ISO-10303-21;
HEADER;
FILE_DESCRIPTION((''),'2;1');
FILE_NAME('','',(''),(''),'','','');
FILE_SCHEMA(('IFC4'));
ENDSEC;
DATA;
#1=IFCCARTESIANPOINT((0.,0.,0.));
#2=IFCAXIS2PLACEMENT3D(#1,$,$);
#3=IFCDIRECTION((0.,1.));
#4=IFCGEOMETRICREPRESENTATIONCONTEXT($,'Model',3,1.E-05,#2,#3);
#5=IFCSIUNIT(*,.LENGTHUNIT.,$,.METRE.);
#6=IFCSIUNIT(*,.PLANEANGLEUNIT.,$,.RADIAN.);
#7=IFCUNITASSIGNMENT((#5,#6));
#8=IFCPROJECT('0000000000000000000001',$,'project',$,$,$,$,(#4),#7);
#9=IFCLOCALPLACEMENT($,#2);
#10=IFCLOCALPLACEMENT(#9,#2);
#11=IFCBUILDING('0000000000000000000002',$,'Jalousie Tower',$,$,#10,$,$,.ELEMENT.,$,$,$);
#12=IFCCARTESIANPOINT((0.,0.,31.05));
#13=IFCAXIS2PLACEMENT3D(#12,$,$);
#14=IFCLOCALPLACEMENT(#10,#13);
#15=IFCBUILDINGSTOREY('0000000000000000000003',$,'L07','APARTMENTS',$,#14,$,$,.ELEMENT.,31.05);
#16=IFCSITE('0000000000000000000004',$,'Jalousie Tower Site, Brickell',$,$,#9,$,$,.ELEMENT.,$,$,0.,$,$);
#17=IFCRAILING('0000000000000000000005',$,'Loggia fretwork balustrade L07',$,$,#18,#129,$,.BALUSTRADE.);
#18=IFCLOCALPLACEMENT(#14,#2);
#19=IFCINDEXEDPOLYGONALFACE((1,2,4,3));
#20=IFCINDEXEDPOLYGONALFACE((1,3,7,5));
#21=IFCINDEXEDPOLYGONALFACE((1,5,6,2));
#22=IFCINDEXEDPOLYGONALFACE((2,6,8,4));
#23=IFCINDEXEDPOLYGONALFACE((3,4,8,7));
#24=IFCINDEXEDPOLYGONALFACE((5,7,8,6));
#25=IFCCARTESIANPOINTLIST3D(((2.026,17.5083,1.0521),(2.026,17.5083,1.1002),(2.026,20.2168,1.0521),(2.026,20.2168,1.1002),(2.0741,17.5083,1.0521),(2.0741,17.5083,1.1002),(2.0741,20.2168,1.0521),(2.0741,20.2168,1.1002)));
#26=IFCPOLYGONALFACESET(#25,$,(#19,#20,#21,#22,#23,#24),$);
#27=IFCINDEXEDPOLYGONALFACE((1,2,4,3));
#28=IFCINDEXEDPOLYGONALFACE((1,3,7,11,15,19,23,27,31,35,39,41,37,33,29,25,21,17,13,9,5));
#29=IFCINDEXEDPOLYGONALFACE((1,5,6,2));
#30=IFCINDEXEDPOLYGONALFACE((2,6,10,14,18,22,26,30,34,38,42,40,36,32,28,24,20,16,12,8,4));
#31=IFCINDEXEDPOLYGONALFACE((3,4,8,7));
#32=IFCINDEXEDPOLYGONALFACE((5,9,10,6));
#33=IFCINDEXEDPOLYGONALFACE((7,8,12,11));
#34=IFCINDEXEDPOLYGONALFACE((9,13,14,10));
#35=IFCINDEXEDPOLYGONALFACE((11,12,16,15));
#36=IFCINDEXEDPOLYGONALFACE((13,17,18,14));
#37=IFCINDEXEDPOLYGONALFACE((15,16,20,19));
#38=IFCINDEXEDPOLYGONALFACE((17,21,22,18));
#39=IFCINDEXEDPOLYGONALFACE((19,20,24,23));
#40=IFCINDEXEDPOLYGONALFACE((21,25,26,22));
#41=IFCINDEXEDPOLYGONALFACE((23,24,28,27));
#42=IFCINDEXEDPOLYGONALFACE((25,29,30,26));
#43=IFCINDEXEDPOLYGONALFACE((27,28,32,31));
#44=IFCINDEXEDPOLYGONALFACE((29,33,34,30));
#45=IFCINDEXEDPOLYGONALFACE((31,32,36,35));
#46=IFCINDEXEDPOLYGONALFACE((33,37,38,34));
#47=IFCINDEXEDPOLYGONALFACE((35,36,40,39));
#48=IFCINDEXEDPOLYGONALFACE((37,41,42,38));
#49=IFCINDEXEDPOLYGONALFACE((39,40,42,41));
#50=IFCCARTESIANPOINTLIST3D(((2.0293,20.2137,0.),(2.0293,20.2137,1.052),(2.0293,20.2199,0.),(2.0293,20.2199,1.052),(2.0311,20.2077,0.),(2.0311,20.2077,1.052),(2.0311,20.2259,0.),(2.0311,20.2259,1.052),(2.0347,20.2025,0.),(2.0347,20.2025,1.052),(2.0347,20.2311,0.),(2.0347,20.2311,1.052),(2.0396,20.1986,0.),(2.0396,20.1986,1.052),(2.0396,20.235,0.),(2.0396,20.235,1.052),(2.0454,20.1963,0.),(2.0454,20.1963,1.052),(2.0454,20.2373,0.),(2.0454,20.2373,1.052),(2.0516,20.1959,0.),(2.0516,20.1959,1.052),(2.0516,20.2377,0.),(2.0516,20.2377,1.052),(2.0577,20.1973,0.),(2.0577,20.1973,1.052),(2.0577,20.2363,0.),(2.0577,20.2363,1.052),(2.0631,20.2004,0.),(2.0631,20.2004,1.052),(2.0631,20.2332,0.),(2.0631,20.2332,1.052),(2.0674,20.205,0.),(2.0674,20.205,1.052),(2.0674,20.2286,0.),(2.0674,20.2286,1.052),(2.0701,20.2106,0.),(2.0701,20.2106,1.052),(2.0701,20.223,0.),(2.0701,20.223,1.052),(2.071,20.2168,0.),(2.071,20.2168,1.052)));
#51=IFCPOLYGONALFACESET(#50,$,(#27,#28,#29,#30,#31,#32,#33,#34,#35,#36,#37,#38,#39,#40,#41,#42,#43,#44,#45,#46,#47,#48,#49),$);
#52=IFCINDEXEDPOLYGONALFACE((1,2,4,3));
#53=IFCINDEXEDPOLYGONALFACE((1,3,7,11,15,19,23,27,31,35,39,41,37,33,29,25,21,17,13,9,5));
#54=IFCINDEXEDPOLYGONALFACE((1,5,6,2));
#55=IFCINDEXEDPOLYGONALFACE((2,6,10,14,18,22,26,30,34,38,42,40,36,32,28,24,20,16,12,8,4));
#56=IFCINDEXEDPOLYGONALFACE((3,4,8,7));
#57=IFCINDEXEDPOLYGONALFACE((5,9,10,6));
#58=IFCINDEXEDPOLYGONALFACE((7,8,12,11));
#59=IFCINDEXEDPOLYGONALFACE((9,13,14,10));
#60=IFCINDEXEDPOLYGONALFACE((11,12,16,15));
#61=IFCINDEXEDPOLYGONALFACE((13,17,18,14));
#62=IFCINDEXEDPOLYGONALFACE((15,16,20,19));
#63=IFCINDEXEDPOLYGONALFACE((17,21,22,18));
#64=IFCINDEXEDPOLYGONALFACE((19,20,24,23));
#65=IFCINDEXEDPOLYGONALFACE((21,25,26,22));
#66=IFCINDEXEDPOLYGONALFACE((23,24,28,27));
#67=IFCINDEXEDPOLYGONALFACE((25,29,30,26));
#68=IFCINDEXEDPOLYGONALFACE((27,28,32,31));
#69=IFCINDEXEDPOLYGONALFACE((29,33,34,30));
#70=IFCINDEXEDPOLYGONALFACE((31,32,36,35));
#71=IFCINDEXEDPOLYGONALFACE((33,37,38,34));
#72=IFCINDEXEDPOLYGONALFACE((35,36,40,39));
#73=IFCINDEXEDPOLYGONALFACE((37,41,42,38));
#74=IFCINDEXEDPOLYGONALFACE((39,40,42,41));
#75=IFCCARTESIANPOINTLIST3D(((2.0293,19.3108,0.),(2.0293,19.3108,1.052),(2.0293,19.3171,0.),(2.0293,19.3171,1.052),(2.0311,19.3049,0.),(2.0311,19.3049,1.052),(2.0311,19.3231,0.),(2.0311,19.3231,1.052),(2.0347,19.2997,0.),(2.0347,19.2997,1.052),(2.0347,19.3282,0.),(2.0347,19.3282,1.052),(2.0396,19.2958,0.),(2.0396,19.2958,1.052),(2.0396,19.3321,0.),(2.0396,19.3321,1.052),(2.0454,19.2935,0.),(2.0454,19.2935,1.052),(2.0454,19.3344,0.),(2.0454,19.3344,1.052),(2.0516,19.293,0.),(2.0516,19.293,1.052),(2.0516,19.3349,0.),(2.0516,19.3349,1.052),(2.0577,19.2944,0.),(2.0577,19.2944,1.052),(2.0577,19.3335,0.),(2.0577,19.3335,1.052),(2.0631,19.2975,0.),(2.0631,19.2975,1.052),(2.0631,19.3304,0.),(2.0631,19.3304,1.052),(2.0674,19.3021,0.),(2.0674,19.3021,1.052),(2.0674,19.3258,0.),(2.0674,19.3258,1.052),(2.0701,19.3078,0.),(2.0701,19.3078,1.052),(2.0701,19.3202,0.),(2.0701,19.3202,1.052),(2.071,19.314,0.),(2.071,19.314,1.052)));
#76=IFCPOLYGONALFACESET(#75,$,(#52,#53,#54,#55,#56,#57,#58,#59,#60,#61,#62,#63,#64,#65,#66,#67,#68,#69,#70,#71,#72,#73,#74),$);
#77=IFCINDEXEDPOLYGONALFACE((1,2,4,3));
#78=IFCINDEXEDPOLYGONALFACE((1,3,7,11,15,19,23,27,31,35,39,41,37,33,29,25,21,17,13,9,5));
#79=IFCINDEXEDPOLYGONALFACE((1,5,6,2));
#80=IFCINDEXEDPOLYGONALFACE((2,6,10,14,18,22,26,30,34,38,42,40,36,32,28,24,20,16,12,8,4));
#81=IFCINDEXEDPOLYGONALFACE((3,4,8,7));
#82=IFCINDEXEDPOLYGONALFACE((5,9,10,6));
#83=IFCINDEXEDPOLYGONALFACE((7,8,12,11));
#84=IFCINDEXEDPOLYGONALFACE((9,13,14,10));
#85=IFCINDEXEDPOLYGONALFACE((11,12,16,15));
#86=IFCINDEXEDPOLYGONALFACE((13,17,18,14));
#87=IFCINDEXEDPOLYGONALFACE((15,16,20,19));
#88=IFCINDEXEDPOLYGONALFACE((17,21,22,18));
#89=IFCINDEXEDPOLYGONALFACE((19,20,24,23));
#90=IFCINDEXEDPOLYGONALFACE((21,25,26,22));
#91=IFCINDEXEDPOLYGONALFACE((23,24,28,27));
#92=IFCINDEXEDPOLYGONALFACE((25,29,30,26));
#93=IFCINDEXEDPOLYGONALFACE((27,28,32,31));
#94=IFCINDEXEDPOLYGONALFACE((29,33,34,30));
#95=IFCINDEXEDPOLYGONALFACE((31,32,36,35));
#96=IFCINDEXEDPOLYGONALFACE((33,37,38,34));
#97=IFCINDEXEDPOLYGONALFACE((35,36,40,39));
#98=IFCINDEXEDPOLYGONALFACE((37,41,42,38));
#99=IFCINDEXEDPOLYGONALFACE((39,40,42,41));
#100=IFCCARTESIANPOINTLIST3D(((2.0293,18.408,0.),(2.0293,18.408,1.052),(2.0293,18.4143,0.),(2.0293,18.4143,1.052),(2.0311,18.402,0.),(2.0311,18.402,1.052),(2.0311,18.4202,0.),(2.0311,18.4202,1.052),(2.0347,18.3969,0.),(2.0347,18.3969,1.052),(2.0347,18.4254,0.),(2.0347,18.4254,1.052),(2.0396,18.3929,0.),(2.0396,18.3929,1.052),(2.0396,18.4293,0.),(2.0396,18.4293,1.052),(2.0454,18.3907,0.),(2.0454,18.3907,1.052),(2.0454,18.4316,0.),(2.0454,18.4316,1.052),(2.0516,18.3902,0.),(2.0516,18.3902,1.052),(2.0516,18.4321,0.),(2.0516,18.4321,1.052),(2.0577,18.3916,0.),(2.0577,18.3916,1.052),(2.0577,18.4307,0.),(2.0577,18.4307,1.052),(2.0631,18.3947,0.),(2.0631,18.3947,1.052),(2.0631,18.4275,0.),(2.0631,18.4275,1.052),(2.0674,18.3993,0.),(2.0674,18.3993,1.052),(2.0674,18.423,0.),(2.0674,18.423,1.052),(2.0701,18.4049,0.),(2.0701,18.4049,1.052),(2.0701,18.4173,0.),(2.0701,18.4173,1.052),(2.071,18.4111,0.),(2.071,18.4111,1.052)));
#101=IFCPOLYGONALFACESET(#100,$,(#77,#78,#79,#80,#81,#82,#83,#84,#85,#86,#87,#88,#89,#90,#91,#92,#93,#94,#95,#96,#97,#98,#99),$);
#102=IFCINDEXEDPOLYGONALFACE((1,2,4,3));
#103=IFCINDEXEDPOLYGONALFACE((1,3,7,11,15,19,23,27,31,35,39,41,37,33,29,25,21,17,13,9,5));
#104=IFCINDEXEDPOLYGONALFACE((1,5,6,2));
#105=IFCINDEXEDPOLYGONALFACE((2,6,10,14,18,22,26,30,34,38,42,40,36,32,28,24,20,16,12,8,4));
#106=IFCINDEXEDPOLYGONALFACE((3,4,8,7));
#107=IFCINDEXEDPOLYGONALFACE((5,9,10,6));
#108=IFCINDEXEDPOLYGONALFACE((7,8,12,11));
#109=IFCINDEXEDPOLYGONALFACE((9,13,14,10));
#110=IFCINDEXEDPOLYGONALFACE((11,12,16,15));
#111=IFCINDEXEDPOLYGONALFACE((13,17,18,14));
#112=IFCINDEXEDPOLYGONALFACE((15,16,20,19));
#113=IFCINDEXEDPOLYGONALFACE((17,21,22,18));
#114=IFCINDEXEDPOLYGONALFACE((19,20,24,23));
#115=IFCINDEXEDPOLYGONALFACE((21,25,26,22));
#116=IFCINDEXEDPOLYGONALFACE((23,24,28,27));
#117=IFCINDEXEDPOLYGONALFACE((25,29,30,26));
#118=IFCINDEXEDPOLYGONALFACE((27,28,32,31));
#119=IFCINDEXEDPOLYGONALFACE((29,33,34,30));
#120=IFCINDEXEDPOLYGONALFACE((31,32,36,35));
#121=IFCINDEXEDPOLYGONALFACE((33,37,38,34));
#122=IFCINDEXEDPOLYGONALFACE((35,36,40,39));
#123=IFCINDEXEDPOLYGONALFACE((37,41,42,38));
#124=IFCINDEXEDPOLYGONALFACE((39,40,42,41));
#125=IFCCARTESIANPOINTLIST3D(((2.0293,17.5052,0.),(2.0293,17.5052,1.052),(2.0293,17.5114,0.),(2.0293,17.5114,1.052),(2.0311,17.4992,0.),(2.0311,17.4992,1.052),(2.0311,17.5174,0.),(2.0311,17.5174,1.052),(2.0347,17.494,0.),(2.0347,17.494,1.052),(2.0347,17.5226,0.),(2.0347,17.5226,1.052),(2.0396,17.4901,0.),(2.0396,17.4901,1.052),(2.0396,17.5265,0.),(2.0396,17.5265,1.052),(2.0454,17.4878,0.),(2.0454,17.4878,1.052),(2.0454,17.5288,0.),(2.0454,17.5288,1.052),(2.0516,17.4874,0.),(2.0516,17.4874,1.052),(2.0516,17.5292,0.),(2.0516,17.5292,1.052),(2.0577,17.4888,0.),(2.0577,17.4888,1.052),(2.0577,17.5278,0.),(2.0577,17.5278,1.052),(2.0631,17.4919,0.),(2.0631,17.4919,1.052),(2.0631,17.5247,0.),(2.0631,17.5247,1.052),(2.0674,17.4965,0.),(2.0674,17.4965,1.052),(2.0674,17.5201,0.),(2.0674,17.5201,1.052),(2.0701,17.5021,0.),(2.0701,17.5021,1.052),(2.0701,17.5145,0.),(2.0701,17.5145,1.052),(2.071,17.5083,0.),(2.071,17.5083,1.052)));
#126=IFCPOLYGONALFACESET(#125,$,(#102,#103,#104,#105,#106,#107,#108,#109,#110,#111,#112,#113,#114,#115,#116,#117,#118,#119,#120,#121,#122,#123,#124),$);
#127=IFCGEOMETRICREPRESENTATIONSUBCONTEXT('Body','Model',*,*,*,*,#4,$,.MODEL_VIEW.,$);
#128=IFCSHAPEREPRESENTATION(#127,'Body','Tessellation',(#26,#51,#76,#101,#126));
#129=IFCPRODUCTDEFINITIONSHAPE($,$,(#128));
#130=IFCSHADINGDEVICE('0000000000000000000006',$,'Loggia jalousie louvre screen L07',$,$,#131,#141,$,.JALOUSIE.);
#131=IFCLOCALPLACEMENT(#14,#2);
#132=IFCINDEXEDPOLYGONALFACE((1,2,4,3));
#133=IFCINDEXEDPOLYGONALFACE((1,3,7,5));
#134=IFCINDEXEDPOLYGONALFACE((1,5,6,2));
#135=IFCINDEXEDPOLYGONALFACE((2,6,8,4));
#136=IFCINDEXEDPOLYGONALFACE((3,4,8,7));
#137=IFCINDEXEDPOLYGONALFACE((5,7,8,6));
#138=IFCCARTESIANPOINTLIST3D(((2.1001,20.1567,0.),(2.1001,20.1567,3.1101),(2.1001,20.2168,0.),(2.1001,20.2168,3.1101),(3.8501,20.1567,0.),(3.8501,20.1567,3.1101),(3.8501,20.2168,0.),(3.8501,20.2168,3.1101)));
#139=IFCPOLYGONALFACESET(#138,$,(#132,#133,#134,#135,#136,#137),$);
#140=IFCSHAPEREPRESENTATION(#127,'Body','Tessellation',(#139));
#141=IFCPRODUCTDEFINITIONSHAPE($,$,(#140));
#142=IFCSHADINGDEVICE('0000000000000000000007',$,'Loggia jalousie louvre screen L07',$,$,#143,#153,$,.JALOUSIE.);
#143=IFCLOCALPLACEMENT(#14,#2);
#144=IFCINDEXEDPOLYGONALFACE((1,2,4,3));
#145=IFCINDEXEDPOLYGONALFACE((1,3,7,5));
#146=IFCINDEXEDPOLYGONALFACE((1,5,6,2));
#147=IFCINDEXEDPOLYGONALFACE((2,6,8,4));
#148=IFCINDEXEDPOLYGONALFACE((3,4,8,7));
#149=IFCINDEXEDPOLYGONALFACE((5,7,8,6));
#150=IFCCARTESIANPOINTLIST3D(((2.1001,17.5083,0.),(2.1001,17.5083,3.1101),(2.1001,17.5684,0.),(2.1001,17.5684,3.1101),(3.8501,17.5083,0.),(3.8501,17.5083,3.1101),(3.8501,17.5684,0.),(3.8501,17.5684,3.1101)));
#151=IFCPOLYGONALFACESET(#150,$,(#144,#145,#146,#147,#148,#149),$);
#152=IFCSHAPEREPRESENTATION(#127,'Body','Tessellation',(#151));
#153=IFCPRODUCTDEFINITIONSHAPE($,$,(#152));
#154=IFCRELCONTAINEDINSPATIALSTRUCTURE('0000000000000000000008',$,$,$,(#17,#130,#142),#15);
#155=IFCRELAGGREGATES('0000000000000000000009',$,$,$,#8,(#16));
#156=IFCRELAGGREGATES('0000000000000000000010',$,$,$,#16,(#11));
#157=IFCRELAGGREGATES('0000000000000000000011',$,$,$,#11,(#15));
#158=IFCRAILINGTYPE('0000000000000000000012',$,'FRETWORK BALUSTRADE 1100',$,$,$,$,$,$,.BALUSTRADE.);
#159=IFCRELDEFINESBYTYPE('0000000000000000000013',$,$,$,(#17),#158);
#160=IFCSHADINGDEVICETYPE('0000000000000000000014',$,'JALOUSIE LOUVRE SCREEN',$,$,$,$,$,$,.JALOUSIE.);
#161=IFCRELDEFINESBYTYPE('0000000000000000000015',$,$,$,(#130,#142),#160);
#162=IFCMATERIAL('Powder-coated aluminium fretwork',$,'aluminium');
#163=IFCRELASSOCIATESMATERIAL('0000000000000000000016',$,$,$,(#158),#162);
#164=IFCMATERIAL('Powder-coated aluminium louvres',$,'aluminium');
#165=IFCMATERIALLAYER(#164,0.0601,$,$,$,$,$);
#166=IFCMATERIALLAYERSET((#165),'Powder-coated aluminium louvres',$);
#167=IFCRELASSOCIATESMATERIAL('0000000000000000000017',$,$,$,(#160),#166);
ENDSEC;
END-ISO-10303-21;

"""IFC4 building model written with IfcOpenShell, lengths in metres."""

from ifc_helpers import new_model, si_unit, direction, frame, origin, origin_2d, place, context, subcontext, project, spatial, rectangle, circle, extrude, material, layer, layer_set, type_object, element, save


model = new_model("IFC4")

# Units and contexts
model_context = context("Model", 3, precision=1e-05, world=origin(), true_north=direction((0.0, 1.0)))
body_context = subcontext(model_context, "Body", "Model", "MODEL_VIEW")
ifc_project = project(units=[si_unit("LENGTHUNIT", "METRE"), si_unit("PLANEANGLEUNIT", "RADIAN")], contexts=[model_context])

# Site, building, storey
site_placement = place(None, origin())
site = spatial("IfcSite", under=ifc_project, at=site_placement, Name="Jalousie Tower Site, Brickell", CompositionType="ELEMENT", RefElevation=0.0)
building_placement = place(site_placement, origin())
building = spatial("IfcBuilding", under=site, at=building_placement, Name="Jalousie Tower", CompositionType="ELEMENT")
storey_placement = place(building_placement, frame((0.0, 0.0, 31.05)))
storey = spatial("IfcBuildingStorey", under=building, at=storey_placement, Name="L07", Description="APARTMENTS", CompositionType="ELEMENT", Elevation=31.05)

# Railing
ifc_material_1 = material(Name="Powder-coated aluminium fretwork", Category="aluminium")
railing_type = type_object("IfcRailingType", Name="FRETWORK BALUSTRADE 1100", PredefinedType="BALUSTRADE", material=ifc_material_1)
railing_placement = place(storey_placement, frame((2.05, 20.2168, 0.0)))
element("IfcRailing", 1, at=railing_placement, inside=storey, type_object=railing_type, Name="Loggia fretwork balustrade L07", PredefinedType="BALUSTRADE", context=body_context, shape_type="SweptSolid", body=[
    extrude(rectangle(XDim=0.0481, YDim=0.0481, at=origin_2d()), frame((0.0, 0.0, 1.0762), z_axis=(0.0, -1.0, 0.0), x_axis=(1.0, 0.0, 0.0)), (0.0, 0.0, 1.0), 2.7085),
    extrude(circle(Radius=0.021, at=origin_2d()), origin(), (0.0, 0.0, 1.0), 1.052),
    extrude(circle(Radius=0.021, at=origin_2d()), frame((0.0, -0.9028, 0.0)), (0.0, 0.0, 1.0), 1.052),
    extrude(circle(Radius=0.021, at=origin_2d()), frame((0.0, -1.8057, 0.0)), (0.0, 0.0, 1.0), 1.052),
    extrude(circle(Radius=0.021, at=origin_2d()), frame((0.0, -2.7085, 0.0)), (0.0, 0.0, 1.0), 1.052),
])

# Shading devices
ifc_material_2 = material(Name="Powder-coated aluminium louvres", Category="aluminium")
ifc_layer_1 = layer(ifc_material_2, 0.0601)
ifc_layer_set_1 = layer_set([ifc_layer_1], Name="Powder-coated aluminium louvres")
shading_device_type_1 = type_object("IfcShadingDeviceType", Name="JALOUSIE LOUVRE SCREEN", PredefinedType="JALOUSIE", material=ifc_layer_set_1)
for number, where, z_axis, x_axis, name in (
    (2, (2.9751, 20.1868, 0.0), (0.0, 0.0, 1.0), (0.0, -1.0, 0.0), "Loggia jalousie louvre screen L07"),
    (3, (2.9751, 17.5383, 0.0), (0.0, 0.0, 1.0), (0.0, -1.0, 0.0), "Loggia jalousie louvre screen L07"),
):
    element("IfcShadingDevice", number, at=place(storey_placement, frame(where, z_axis=z_axis, x_axis=x_axis)), inside=storey, type_object=shading_device_type_1, Name=name, PredefinedType="JALOUSIE", context=body_context, shape_type="SweptSolid", body=[
        extrude(rectangle(XDim=0.0601, YDim=1.75, at=origin_2d()), origin(), (0.0, 0.0, 1.0), 3.1101),
    ])

save(model, "model.ifc")
